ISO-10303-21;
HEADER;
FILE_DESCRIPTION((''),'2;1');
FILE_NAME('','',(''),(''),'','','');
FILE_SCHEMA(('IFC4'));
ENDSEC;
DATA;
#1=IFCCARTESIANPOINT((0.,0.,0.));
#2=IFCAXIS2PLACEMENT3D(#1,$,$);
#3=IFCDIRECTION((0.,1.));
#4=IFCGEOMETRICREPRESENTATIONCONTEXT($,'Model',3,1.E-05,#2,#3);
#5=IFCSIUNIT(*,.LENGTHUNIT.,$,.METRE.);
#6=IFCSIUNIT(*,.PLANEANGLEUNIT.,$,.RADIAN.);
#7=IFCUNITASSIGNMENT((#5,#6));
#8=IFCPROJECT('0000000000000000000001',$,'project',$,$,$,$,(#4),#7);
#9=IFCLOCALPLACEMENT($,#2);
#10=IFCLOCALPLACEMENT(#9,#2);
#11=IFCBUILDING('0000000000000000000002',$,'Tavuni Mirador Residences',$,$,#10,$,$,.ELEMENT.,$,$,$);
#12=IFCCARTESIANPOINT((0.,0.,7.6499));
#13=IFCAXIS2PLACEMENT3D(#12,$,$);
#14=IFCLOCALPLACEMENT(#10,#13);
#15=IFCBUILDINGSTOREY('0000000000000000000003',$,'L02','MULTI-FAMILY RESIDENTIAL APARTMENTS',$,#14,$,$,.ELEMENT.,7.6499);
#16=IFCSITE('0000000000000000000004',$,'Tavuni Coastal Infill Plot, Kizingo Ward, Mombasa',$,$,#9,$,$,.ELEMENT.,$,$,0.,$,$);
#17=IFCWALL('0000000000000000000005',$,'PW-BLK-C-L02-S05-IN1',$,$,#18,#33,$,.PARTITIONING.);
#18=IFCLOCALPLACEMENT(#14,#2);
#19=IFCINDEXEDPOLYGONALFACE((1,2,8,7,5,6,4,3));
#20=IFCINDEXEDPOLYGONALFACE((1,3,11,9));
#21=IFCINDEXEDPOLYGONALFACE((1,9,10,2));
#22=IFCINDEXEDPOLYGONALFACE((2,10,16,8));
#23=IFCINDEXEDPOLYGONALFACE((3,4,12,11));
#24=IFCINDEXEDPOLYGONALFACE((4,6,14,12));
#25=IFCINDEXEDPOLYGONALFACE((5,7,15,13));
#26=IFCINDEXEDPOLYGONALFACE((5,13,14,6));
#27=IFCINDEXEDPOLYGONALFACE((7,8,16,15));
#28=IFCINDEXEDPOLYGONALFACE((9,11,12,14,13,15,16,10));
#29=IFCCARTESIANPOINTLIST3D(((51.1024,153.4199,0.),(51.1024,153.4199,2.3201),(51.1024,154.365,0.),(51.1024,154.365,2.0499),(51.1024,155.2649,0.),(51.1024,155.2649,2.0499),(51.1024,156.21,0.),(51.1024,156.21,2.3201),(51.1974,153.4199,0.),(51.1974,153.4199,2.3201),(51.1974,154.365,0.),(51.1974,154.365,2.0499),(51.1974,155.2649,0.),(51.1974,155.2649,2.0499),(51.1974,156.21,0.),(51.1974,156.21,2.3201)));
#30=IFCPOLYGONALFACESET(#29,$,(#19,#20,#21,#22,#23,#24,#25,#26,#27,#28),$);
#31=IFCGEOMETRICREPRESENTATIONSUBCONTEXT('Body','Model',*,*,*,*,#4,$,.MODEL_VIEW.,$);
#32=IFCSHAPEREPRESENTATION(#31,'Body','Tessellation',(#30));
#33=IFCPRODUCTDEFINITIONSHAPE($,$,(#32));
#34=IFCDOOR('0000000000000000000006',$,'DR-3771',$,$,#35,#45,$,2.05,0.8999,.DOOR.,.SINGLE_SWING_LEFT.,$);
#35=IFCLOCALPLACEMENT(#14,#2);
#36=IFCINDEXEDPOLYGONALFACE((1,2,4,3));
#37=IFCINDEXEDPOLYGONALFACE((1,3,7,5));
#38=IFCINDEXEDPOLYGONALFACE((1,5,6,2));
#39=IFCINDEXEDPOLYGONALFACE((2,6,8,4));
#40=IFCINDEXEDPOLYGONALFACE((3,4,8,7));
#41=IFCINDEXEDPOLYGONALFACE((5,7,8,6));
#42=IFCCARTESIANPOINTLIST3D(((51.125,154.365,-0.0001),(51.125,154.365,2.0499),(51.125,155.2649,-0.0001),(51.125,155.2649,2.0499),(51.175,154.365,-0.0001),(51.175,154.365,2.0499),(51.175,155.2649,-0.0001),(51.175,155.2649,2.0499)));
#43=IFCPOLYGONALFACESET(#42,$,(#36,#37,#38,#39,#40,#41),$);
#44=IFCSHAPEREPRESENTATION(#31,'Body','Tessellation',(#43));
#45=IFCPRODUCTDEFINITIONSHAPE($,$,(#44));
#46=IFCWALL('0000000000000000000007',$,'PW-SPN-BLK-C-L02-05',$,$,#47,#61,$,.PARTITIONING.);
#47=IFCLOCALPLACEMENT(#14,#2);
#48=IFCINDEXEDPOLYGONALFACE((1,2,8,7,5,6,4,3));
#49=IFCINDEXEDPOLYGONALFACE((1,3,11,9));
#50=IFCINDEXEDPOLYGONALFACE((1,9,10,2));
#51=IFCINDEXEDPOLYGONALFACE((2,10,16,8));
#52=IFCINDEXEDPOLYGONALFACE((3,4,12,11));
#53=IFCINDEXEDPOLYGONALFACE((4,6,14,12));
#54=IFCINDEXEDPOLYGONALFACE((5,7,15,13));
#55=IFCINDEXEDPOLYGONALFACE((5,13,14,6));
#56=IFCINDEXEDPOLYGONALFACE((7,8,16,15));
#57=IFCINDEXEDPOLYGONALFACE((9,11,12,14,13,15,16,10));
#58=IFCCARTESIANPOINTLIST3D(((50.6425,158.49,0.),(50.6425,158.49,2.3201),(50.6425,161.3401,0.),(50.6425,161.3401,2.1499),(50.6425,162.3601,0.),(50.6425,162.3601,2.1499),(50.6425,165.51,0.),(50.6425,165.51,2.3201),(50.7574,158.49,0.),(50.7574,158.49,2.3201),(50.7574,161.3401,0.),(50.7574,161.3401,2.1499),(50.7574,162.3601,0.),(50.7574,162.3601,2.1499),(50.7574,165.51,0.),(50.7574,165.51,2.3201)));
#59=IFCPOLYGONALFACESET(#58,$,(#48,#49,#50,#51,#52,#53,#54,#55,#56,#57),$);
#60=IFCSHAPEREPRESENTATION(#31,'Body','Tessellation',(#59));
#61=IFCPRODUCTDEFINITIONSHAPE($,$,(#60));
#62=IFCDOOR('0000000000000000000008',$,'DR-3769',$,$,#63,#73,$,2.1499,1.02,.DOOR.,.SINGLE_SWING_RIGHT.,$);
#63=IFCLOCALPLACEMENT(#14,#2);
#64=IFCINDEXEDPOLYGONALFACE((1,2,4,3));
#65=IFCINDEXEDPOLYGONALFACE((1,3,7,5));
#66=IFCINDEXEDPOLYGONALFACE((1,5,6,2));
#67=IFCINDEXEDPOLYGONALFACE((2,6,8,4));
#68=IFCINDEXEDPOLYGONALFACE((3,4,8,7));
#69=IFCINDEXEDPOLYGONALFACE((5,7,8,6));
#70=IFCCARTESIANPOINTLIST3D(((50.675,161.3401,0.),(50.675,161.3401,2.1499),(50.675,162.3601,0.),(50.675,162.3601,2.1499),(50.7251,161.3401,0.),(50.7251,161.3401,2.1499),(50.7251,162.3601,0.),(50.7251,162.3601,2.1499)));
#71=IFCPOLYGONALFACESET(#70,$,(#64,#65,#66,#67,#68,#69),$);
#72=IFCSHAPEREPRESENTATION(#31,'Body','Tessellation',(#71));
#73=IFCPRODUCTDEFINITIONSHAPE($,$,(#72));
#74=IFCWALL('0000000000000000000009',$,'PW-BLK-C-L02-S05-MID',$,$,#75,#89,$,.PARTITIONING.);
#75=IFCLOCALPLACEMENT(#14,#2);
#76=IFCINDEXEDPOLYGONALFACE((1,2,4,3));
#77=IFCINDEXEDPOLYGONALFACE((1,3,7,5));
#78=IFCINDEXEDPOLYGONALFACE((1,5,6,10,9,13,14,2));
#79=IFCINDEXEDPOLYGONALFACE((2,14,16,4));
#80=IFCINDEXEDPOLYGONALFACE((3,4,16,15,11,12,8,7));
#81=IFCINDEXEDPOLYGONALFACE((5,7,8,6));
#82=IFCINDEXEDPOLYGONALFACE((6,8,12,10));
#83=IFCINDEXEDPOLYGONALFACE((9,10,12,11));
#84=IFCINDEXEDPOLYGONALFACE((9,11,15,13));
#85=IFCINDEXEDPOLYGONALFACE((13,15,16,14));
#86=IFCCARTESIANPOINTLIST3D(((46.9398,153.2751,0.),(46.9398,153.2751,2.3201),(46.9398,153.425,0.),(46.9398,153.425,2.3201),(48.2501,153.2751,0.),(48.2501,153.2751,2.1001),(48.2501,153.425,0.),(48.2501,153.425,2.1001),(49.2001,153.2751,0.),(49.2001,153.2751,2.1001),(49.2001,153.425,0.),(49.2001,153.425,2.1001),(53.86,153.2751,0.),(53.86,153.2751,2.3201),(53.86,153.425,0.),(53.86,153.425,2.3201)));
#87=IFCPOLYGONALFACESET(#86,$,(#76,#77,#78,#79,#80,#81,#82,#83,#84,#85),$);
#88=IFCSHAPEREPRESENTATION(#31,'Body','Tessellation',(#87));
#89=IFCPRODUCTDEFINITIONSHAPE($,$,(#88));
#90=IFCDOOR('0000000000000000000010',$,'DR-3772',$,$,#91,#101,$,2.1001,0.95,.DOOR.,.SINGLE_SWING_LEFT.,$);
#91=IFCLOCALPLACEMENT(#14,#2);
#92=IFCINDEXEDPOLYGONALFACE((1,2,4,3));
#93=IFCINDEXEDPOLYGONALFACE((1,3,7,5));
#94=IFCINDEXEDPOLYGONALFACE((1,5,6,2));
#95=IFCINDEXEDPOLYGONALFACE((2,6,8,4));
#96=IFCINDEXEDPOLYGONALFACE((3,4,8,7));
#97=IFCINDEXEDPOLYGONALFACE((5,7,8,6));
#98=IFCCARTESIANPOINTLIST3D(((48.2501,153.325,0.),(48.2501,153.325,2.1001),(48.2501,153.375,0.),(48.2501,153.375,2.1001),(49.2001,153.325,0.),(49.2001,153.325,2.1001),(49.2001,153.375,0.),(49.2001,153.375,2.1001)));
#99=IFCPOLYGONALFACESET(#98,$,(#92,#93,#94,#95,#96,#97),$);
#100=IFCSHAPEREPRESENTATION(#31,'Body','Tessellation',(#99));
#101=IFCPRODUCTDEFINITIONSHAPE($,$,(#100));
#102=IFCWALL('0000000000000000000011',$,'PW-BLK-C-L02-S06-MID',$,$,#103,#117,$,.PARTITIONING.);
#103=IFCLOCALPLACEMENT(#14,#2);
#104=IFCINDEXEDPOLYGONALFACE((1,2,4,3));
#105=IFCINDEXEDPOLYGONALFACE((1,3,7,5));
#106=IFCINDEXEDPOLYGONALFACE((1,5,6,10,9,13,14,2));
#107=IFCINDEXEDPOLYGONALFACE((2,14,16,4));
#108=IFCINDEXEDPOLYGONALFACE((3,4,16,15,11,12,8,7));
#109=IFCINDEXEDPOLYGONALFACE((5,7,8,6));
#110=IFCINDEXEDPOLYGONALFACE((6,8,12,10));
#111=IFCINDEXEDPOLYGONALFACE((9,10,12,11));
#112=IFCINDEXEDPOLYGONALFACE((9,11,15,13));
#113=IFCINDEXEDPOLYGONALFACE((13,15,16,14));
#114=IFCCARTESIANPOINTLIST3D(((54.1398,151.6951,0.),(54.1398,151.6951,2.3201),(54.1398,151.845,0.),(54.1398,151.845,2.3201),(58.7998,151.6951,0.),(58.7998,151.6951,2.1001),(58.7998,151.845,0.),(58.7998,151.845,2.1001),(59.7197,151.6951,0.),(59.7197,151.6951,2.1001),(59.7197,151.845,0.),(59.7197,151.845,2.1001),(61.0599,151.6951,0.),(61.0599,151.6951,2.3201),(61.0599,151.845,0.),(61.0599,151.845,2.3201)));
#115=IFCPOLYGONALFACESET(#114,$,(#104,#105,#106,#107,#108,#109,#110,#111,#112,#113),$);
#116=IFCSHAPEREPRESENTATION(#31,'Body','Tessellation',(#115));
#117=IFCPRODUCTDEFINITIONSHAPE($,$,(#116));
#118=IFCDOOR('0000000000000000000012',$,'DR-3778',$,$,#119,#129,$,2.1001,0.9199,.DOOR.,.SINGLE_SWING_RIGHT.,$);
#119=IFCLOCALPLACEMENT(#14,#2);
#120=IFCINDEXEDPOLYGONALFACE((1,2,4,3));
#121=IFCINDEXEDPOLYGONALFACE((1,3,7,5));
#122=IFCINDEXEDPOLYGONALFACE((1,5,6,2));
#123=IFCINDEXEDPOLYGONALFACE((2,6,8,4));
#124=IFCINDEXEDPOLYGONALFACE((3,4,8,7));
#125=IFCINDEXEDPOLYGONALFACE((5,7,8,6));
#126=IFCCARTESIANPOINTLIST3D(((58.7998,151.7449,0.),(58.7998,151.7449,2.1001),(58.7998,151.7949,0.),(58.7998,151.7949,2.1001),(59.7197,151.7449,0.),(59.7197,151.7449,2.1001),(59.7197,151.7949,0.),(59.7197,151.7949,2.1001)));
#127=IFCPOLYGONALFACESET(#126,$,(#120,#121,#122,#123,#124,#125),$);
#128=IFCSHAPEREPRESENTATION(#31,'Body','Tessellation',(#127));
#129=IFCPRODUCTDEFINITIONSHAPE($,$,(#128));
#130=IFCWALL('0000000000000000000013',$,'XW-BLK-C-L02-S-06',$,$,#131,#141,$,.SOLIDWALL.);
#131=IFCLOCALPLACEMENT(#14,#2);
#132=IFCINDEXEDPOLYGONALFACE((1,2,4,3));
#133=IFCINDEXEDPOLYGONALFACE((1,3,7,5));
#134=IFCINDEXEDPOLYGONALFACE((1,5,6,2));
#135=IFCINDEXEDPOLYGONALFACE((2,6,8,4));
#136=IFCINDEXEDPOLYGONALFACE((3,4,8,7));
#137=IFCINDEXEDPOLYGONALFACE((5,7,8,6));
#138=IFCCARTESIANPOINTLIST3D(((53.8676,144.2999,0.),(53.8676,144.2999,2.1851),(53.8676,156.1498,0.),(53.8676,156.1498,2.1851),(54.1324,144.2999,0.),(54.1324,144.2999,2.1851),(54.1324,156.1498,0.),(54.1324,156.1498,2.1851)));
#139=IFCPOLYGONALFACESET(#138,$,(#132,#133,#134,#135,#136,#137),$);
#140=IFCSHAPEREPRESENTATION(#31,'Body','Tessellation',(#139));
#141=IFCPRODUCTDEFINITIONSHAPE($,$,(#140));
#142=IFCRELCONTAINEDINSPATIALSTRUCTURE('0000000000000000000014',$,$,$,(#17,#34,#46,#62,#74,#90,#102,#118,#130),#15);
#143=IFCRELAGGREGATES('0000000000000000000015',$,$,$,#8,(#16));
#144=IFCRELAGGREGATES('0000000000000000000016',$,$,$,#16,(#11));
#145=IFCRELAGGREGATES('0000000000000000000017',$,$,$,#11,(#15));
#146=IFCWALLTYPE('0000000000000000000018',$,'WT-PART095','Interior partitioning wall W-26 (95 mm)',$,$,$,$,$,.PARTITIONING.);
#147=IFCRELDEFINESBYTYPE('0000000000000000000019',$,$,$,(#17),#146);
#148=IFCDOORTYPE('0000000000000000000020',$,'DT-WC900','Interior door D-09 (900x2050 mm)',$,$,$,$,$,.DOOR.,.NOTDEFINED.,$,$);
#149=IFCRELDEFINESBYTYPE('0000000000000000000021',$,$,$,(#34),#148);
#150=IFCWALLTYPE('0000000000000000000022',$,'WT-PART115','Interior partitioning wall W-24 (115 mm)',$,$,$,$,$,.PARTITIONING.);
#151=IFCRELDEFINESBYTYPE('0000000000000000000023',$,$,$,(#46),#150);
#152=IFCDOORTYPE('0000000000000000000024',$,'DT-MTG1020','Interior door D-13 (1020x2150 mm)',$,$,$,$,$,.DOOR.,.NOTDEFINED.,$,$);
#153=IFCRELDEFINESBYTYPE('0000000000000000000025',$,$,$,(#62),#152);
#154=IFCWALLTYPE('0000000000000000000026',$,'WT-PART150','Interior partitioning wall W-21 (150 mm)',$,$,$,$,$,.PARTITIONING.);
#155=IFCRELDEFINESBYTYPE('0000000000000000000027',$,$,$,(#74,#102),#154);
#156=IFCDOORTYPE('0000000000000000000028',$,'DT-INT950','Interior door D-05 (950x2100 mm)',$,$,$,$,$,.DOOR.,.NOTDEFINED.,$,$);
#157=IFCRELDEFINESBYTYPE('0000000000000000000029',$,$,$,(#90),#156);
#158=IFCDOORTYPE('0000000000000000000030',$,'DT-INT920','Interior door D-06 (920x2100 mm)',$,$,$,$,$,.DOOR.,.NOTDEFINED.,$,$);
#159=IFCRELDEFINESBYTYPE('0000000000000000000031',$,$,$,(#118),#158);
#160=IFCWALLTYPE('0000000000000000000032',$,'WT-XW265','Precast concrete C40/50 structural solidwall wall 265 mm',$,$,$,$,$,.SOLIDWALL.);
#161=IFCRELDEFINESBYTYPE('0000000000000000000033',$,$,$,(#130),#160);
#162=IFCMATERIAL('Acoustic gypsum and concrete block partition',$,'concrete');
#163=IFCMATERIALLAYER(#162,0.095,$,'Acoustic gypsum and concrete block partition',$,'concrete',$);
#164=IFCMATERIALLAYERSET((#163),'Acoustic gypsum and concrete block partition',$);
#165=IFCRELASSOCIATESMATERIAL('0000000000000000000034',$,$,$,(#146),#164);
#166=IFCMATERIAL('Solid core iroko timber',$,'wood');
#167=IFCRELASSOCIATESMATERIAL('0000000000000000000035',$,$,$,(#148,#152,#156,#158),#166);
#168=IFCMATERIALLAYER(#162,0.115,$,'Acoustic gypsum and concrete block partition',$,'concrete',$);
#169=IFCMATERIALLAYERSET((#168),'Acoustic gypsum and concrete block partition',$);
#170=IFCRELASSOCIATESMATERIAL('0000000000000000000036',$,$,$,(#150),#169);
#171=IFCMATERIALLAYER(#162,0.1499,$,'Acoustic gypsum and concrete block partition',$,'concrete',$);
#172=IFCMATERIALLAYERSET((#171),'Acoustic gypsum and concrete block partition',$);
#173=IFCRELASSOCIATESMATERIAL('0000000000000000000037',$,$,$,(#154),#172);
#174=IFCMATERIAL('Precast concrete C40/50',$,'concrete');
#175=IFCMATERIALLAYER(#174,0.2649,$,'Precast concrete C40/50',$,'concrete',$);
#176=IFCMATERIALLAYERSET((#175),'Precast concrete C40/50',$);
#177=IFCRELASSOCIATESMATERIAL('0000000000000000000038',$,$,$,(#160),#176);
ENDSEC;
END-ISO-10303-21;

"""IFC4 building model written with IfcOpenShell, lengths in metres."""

from ifc_helpers import new_model, si_unit, direction, frame, frame_2d, origin, place, context, subcontext, project, spatial, rectangle, extrude, material, layer, layer_set, type_object, element, fill, save


model = new_model("IFC4")

# Units and contexts
model_context = context("Model", 3, precision=1e-05, world=origin(), true_north=direction((0.0, 1.0)))
body_context = subcontext(model_context, "Body", "Model", "MODEL_VIEW")
ifc_project = project(units=[si_unit("LENGTHUNIT", "METRE"), si_unit("PLANEANGLEUNIT", "RADIAN")], contexts=[model_context])

# Site, building, storey
site_placement = place(None, origin())
site = spatial("IfcSite", under=ifc_project, at=site_placement, Name="Tavuni Coastal Infill Plot, Kizingo Ward, Mombasa", CompositionType="ELEMENT", RefElevation=0.0)
building_placement = place(site_placement, origin())
building = spatial("IfcBuilding", under=site, at=building_placement, Name="Tavuni Mirador Residences", CompositionType="ELEMENT")
storey_placement = place(building_placement, frame((0.0, 0.0, 7.6499)))
storey = spatial("IfcBuildingStorey", under=building, at=storey_placement, Name="L02", Description="MULTI-FAMILY RESIDENTIAL APARTMENTS", CompositionType="ELEMENT", Elevation=7.6499)

# Shared definitions
ifc_material_1 = material(Name="Precast concrete C40/50", Category="concrete")

# Walls, openings, doors
ifc_material_2 = material(Name="Solid core iroko timber", Category="wood")
ifc_material_3 = material(Name="Acoustic gypsum and concrete block partition", Category="concrete")
ifc_layer_1 = layer(ifc_material_3, 0.095, Name="Acoustic gypsum and concrete block partition", Category="concrete")
ifc_layer_set_1 = layer_set([ifc_layer_1], Name="Acoustic gypsum and concrete block partition")
wall_type_1 = type_object("IfcWallType", Name="WT-PART095", Description="Interior partitioning wall W-26 (95 mm)", PredefinedType="PARTITIONING", material=ifc_layer_set_1)
wall_1_placement = place(storey_placement, frame((51.1499, 153.4199, 0.0), z_axis=(0.0, 0.0, 1.0), x_axis=(0.0, 1.0, 0.0)))
wall_1 = element("IfcWall", 1, at=wall_1_placement, inside=storey, type_object=wall_type_1, Name="PW-BLK-C-L02-S05-IN1", PredefinedType="PARTITIONING", context=body_context, shape_type="SweptSolid", body=[
    extrude(rectangle(XDim=2.79, YDim=0.095, at=frame_2d((1.395, 0.0))), origin(), (0.0, 0.0, 1.0), 2.3201),
])
opening_1_placement = place(wall_1_placement, frame((0.9451, 0.0, 0.0)))
opening_1 = element("IfcOpeningElement", 2, at=opening_1_placement, cuts=wall_1, PredefinedType="OPENING", context=body_context, shape_type="SweptSolid", body=[
    extrude(rectangle(XDim=0.8999, YDim=2.05, at=frame_2d((0.45, 1.0249))), frame((0.0, 0.0576, 0.0), z_axis=(0.0, -1.0, 0.0), x_axis=(1.0, 0.0, 0.0)), (0.0, 0.0, 1.0), 0.115),
])
door_type_1 = type_object("IfcDoorType", Name="DT-WC900", Description="Interior door D-09 (900x2050 mm)", OperationType="NOTDEFINED", PredefinedType="DOOR", material=ifc_material_2)
door_1_placement = place(opening_1_placement, origin())
door_1 = element("IfcDoor", 3, at=door_1_placement, inside=storey, type_object=door_type_1, Name="DR-3771", OperationType="SINGLE_SWING_LEFT", OverallHeight=2.05, OverallWidth=0.8999, PredefinedType="DOOR", context=body_context, shape_type="SweptSolid", body=[
    extrude(rectangle(XDim=0.8999, YDim=2.05, at=frame_2d((0.45, 1.0249))), frame((0.0, 0.0249, 0.0), z_axis=(0.0, -1.0, 0.0), x_axis=(1.0, 0.0, 0.0)), (0.0, 0.0, 1.0), 0.05),
])
fill(opening_1, door_1)
ifc_layer_2 = layer(ifc_material_3, 0.115, Name="Acoustic gypsum and concrete block partition", Category="concrete")
ifc_layer_set_2 = layer_set([ifc_layer_2], Name="Acoustic gypsum and concrete block partition")
wall_type_2 = type_object("IfcWallType", Name="WT-PART115", Description="Interior partitioning wall W-24 (115 mm)", PredefinedType="PARTITIONING", material=ifc_layer_set_2)
wall_2_placement = place(storey_placement, frame((50.7, 158.49, 0.0), z_axis=(0.0, 0.0, 1.0), x_axis=(0.0, 1.0, 0.0)))
wall_2 = element("IfcWall", 4, at=wall_2_placement, inside=storey, type_object=wall_type_2, Name="PW-SPN-BLK-C-L02-05", PredefinedType="PARTITIONING", context=body_context, shape_type="SweptSolid", body=[
    extrude(rectangle(XDim=7.02, YDim=0.115, at=frame_2d((3.51, 0.0))), origin(), (0.0, 0.0, 1.0), 2.3201),
])
opening_2_placement = place(wall_2_placement, frame((2.8501, 0.0, 0.0)))
opening_2 = element("IfcOpeningElement", 5, at=opening_2_placement, cuts=wall_2, PredefinedType="OPENING", context=body_context, shape_type="SweptSolid", body=[
    extrude(rectangle(XDim=1.02, YDim=2.1499, at=frame_2d((0.51, 1.075))), frame((0.0, 0.0674, 0.0), z_axis=(0.0, -1.0, 0.0), x_axis=(1.0, 0.0, 0.0)), (0.0, 0.0, 1.0), 0.135),
])
door_type_2 = type_object("IfcDoorType", Name="DT-MTG1020", Description="Interior door D-13 (1020x2150 mm)", OperationType="NOTDEFINED", PredefinedType="DOOR", material=ifc_material_2)
door_2_placement = place(opening_2_placement, origin())
door_2 = element("IfcDoor", 6, at=door_2_placement, inside=storey, type_object=door_type_2, Name="DR-3769", OperationType="SINGLE_SWING_RIGHT", OverallHeight=2.1499, OverallWidth=1.02, PredefinedType="DOOR", context=body_context, shape_type="SweptSolid", body=[
    extrude(rectangle(XDim=1.02, YDim=2.1499, at=frame_2d((0.51, 1.075))), frame((0.0, 0.0249, 0.0), z_axis=(0.0, -1.0, 0.0), x_axis=(1.0, 0.0, 0.0)), (0.0, 0.0, 1.0), 0.05),
])
fill(opening_2, door_2)
ifc_layer_3 = layer(ifc_material_3, 0.1499, Name="Acoustic gypsum and concrete block partition", Category="concrete")
ifc_layer_set_3 = layer_set([ifc_layer_3], Name="Acoustic gypsum and concrete block partition")
wall_type_3 = type_object("IfcWallType", Name="WT-PART150", Description="Interior partitioning wall W-21 (150 mm)", PredefinedType="PARTITIONING", material=ifc_layer_set_3)
wall_3_placement = place(storey_placement, frame((46.9399, 153.3501, 0.0), z_axis=(0.0, 0.0, 1.0), x_axis=(1.0, 0.0, 0.0)))
wall_3 = element("IfcWall", 7, at=wall_3_placement, inside=storey, type_object=wall_type_3, Name="PW-BLK-C-L02-S05-MID", PredefinedType="PARTITIONING", context=body_context, shape_type="SweptSolid", body=[
    extrude(rectangle(XDim=6.9202, YDim=0.1499, at=frame_2d((3.46, 0.0))), origin(), (0.0, 0.0, 1.0), 2.3201),
])
opening_3_placement = place(wall_3_placement, frame((1.3101, 0.0, 0.0)))
opening_3 = element("IfcOpeningElement", 8, at=opening_3_placement, cuts=wall_3, PredefinedType="OPENING", context=body_context, shape_type="SweptSolid", body=[
    extrude(rectangle(XDim=0.95, YDim=2.1001, at=frame_2d((0.4751, 1.05))), frame((0.0, 0.085, 0.0), z_axis=(0.0, -1.0, 0.0), x_axis=(1.0, 0.0, 0.0)), (0.0, 0.0, 1.0), 0.1699),
])
door_type_3 = type_object("IfcDoorType", Name="DT-INT950", Description="Interior door D-05 (950x2100 mm)", OperationType="NOTDEFINED", PredefinedType="DOOR", material=ifc_material_2)
door_3_placement = place(opening_3_placement, origin())
door_3 = element("IfcDoor", 9, at=door_3_placement, inside=storey, type_object=door_type_3, Name="DR-3772", OperationType="SINGLE_SWING_LEFT", OverallHeight=2.1001, OverallWidth=0.95, PredefinedType="DOOR", context=body_context, shape_type="SweptSolid", body=[
    extrude(rectangle(XDim=0.95, YDim=2.1001, at=frame_2d((0.4751, 1.05))), frame((0.0, 0.0249, 0.0), z_axis=(0.0, -1.0, 0.0), x_axis=(1.0, 0.0, 0.0)), (0.0, 0.0, 1.0), 0.05),
])
fill(opening_3, door_3)
wall_4_placement = place(storey_placement, frame((54.1399, 151.77, 0.0), z_axis=(0.0, 0.0, 1.0), x_axis=(1.0, 0.0, 0.0)))
wall_4 = element("IfcWall", 10, at=wall_4_placement, inside=storey, type_object=wall_type_3, Name="PW-BLK-C-L02-S06-MID", PredefinedType="PARTITIONING", context=body_context, shape_type="SweptSolid", body=[
    extrude(rectangle(XDim=6.9202, YDim=0.1499, at=frame_2d((3.46, 0.0))), origin(), (0.0, 0.0, 1.0), 2.3201),
])
opening_4_placement = place(wall_4_placement, frame((4.6599, 0.0, 0.0)))
opening_4 = element("IfcOpeningElement", 11, at=opening_4_placement, cuts=wall_4, PredefinedType="OPENING", context=body_context, shape_type="SweptSolid", body=[
    extrude(rectangle(XDim=0.9199, YDim=2.1001, at=frame_2d((0.46, 1.05))), frame((0.0, 0.085, 0.0), z_axis=(0.0, -1.0, 0.0), x_axis=(1.0, 0.0, 0.0)), (0.0, 0.0, 1.0), 0.1699),
])
door_type_4 = type_object("IfcDoorType", Name="DT-INT920", Description="Interior door D-06 (920x2100 mm)", OperationType="NOTDEFINED", PredefinedType="DOOR", material=ifc_material_2)
door_4_placement = place(opening_4_placement, origin())
door_4 = element("IfcDoor", 12, at=door_4_placement, inside=storey, type_object=door_type_4, Name="DR-3778", OperationType="SINGLE_SWING_RIGHT", OverallHeight=2.1001, OverallWidth=0.9199, PredefinedType="DOOR", context=body_context, shape_type="SweptSolid", body=[
    extrude(rectangle(XDim=0.9199, YDim=2.1001, at=frame_2d((0.46, 1.05))), frame((0.0, 0.0249, 0.0), z_axis=(0.0, -1.0, 0.0), x_axis=(1.0, 0.0, 0.0)), (0.0, 0.0, 1.0), 0.05),
])
fill(opening_4, door_4)

# Wall
ifc_layer_4 = layer(ifc_material_1, 0.2649, Name="Precast concrete C40/50", Category="concrete")
ifc_layer_set_4 = layer_set([ifc_layer_4], Name="Precast concrete C40/50")
wall_type_4 = type_object("IfcWallType", Name="WT-XW265", Description="Precast concrete C40/50 structural solidwall wall 265 mm", PredefinedType="SOLIDWALL", material=ifc_layer_set_4)
wall_5_placement = place(storey_placement, frame((54.0, 144.3, 0.0), z_axis=(0.0, 0.0, 1.0), x_axis=(0.0, 1.0, 0.0)))
element("IfcWall", 13, at=wall_5_placement, inside=storey, type_object=wall_type_4, Name="XW-BLK-C-L02-S-06", PredefinedType="SOLIDWALL", context=body_context, shape_type="SweptSolid", body=[
    extrude(rectangle(XDim=11.8499, YDim=0.2649, at=frame_2d((5.9248, 0.0))), origin(), (0.0, 0.0, 1.0), 2.1851),
])

save(model, "model.ifc")
